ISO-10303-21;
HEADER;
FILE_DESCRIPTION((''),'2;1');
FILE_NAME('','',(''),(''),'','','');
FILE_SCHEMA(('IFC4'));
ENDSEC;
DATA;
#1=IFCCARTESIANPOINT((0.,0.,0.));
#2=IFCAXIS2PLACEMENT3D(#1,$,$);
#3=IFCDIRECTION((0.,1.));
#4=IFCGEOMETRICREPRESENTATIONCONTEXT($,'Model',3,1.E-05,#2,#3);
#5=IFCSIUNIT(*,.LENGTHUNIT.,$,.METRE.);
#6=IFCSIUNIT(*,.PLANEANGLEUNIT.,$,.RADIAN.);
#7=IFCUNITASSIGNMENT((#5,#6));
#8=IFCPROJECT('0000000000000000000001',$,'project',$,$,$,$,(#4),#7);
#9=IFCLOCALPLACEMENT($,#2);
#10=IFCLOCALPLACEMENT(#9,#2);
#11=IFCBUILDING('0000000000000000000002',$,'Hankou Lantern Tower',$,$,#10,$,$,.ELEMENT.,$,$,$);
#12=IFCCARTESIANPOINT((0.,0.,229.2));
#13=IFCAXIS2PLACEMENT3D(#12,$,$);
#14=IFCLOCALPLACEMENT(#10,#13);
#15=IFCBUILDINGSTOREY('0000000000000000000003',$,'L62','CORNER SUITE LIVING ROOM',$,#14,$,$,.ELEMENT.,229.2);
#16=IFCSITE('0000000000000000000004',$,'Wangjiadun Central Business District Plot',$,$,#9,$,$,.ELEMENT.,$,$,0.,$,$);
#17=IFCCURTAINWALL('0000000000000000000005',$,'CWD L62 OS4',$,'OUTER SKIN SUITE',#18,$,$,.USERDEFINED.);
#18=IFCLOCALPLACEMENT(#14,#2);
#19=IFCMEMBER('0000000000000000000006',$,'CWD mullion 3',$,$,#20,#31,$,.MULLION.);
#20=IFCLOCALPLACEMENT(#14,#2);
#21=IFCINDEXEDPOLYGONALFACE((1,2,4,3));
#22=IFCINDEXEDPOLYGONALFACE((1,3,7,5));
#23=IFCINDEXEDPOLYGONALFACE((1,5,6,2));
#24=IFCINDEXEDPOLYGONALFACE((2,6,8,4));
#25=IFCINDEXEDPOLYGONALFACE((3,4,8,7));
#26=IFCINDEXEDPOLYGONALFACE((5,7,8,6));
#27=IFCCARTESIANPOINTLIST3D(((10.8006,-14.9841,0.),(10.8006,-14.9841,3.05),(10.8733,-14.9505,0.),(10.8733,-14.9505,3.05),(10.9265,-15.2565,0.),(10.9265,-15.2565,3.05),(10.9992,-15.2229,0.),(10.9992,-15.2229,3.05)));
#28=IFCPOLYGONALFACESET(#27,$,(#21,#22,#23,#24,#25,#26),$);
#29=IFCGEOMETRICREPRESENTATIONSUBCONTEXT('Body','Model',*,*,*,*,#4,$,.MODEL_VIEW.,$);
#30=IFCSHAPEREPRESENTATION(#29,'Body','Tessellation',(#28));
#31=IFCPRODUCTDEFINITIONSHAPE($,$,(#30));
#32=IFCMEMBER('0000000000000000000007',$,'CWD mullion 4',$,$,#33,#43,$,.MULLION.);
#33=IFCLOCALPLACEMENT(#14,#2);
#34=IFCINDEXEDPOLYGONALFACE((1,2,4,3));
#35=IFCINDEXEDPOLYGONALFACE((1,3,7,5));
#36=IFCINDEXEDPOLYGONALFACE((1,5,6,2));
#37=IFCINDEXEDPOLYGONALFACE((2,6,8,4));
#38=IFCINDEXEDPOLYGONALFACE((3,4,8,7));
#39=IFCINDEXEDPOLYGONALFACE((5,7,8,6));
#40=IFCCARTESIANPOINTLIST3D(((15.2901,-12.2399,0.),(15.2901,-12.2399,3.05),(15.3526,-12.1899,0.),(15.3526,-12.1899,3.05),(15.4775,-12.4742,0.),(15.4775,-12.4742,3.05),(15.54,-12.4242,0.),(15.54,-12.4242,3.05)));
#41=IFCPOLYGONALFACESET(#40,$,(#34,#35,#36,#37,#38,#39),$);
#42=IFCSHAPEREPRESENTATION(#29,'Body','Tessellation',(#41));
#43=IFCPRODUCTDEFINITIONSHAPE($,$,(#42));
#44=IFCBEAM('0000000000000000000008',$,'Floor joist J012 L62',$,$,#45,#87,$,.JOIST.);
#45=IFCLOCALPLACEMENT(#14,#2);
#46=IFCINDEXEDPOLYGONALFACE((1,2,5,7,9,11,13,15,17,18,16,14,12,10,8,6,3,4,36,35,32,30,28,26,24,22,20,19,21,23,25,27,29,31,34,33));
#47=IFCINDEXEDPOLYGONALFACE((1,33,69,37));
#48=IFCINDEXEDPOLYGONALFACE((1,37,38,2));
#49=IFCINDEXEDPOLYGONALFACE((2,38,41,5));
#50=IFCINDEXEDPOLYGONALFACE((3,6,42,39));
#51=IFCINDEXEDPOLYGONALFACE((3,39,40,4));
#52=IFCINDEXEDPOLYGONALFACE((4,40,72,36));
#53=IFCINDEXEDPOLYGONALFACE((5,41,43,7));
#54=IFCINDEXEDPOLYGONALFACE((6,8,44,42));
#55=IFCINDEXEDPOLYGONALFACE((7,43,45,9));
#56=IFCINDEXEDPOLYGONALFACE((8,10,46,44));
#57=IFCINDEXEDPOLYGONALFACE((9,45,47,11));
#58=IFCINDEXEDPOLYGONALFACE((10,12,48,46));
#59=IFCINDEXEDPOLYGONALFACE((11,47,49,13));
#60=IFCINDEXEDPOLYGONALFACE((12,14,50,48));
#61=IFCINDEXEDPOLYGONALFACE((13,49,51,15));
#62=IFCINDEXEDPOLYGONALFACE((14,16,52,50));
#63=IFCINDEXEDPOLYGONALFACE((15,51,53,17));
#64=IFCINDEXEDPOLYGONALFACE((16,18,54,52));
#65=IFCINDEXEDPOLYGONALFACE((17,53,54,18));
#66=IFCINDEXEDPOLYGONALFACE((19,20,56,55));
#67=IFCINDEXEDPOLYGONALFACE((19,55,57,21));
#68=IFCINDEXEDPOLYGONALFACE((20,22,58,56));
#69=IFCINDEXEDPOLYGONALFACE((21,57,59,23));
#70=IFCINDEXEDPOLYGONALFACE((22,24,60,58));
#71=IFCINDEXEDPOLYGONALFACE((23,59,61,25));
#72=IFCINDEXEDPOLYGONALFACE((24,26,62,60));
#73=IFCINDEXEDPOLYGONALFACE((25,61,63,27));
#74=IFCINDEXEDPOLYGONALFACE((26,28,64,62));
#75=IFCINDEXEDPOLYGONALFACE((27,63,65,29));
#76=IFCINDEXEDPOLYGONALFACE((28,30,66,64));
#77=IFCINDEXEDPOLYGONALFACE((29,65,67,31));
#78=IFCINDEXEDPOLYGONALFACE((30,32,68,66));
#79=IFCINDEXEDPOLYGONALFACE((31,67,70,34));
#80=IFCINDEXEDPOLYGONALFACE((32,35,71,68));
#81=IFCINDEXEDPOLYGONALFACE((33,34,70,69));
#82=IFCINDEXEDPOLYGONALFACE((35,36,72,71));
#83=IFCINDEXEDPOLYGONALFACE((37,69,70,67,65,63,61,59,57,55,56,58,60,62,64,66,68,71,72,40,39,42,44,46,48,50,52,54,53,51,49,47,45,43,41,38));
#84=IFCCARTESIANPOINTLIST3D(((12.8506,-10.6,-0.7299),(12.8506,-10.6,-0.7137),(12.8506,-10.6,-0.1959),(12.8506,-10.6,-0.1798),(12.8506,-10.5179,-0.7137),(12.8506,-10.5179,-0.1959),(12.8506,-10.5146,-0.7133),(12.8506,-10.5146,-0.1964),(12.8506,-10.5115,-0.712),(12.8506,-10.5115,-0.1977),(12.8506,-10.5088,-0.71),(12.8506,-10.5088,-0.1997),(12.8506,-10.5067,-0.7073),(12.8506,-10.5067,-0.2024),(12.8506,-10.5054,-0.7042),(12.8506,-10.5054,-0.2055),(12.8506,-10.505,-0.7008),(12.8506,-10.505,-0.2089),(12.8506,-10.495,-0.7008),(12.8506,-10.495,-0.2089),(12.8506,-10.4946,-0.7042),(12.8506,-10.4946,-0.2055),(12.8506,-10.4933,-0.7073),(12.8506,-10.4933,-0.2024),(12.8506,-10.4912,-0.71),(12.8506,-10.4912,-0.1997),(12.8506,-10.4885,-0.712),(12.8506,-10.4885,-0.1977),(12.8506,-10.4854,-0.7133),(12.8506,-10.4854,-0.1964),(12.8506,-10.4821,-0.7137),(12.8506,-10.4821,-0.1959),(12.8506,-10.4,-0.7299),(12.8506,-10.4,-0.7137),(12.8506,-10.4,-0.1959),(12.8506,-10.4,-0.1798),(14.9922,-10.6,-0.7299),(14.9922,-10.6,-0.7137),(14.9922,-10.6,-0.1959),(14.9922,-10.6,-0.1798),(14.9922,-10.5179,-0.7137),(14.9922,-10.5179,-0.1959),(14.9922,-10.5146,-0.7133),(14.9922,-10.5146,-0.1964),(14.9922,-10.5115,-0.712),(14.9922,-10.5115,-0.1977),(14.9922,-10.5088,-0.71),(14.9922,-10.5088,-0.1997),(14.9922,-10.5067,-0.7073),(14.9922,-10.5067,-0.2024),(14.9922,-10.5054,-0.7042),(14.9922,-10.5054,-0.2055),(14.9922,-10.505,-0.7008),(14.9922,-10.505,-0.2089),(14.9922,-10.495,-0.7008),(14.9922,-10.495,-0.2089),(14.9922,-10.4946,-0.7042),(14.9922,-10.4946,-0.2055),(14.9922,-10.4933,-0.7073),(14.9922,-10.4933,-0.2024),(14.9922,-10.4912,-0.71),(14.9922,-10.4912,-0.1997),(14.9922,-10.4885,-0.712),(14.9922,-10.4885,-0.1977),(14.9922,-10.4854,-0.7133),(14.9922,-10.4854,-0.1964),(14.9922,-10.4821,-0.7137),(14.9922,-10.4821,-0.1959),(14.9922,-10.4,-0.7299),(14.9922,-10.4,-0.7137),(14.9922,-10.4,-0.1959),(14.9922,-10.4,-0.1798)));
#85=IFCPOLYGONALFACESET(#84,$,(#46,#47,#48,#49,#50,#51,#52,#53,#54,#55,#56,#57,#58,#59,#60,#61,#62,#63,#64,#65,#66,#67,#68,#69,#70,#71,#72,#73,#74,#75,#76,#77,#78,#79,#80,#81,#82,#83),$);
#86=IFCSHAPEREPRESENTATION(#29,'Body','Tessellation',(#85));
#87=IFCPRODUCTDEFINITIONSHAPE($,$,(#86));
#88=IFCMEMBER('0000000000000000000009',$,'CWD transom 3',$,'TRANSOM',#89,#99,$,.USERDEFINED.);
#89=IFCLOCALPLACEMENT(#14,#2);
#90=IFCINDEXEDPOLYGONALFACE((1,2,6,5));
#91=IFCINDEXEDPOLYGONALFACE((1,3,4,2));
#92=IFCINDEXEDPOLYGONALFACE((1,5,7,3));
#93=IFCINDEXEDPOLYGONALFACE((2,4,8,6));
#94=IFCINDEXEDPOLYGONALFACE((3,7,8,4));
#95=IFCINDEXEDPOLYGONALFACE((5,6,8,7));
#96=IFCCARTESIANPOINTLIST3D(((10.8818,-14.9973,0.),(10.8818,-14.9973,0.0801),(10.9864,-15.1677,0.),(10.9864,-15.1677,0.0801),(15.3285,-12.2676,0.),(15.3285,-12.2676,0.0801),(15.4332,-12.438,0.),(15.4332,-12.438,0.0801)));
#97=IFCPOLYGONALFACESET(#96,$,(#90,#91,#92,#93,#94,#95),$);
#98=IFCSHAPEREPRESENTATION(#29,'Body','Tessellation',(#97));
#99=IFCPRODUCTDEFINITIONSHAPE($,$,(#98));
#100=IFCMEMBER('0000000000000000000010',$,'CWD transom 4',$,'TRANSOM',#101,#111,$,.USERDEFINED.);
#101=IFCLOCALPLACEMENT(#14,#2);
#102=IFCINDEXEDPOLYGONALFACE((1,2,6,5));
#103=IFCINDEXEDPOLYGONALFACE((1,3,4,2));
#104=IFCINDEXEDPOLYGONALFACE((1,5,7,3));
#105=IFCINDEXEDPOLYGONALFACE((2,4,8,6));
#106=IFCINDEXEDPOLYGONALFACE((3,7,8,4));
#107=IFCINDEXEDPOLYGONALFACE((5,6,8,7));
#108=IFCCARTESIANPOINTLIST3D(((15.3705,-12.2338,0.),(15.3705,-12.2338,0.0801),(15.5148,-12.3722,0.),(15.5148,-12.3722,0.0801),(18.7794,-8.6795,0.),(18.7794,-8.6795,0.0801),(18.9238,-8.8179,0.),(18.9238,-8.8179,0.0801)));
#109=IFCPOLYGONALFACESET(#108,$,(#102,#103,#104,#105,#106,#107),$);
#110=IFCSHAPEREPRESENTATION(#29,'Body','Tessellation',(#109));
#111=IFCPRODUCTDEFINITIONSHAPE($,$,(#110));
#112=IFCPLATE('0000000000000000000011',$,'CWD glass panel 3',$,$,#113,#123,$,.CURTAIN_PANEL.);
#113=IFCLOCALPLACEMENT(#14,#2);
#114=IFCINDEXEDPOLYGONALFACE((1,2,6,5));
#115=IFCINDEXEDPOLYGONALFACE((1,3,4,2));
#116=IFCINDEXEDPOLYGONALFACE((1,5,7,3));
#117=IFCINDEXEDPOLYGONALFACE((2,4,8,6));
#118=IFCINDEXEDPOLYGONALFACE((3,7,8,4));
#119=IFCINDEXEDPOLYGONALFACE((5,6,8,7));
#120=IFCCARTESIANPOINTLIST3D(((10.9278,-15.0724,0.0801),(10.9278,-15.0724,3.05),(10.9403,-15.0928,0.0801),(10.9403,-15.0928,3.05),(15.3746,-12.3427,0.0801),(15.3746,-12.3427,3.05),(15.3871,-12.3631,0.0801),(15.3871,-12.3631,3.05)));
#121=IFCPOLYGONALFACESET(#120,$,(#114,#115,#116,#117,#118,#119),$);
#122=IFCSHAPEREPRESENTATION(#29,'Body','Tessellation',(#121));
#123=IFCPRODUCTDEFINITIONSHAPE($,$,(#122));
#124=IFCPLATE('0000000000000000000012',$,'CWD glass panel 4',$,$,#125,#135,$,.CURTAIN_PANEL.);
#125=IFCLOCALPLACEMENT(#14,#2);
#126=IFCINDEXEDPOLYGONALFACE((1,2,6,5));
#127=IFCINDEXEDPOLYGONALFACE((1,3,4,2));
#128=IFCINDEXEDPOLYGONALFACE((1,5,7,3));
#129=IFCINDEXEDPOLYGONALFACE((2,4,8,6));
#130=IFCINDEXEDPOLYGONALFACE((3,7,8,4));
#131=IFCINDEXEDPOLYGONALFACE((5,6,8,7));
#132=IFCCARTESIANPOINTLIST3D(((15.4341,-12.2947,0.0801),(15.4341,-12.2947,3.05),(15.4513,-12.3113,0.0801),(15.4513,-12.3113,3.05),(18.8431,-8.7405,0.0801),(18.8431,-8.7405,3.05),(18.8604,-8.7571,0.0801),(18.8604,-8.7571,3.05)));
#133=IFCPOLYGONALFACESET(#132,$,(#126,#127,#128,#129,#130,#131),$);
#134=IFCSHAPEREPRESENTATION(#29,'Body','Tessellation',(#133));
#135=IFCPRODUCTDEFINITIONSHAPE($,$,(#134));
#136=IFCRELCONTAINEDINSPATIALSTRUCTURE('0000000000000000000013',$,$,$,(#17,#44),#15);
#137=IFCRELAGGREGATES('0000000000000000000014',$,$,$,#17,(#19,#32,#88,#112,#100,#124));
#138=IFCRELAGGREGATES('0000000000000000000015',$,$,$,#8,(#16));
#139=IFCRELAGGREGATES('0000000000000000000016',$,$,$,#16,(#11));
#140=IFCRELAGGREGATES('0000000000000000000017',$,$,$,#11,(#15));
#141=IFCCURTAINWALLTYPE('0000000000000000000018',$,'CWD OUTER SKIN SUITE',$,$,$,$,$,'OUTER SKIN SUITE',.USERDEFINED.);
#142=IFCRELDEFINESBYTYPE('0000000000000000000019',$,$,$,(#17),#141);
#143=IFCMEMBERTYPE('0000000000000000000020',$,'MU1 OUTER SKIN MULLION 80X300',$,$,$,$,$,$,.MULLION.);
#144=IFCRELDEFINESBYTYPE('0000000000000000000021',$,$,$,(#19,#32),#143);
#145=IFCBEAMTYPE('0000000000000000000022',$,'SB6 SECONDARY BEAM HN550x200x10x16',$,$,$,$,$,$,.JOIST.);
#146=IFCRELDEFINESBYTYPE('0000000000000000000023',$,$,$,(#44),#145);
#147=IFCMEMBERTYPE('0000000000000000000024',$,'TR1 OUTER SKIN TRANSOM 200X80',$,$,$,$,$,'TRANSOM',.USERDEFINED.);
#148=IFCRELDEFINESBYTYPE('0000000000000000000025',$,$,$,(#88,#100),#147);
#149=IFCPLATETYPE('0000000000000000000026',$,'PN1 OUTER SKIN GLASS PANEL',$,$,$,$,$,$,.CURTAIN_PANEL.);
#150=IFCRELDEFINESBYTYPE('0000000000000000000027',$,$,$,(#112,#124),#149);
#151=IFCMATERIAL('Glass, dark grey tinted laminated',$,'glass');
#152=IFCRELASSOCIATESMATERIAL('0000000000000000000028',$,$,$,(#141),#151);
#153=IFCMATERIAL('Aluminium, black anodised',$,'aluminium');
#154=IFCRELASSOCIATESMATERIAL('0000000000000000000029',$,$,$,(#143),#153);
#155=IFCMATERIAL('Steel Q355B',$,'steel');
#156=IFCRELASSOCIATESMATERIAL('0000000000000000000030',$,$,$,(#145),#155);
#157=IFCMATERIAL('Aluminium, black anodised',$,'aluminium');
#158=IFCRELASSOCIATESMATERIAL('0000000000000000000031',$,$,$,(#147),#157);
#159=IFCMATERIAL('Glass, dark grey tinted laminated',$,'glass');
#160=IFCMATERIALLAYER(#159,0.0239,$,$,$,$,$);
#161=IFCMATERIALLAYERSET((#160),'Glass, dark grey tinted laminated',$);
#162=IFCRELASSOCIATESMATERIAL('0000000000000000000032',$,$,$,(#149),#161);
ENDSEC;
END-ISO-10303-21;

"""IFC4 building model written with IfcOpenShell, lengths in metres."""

from ifc_helpers import new_model, si_unit, direction, frame, origin, origin_2d, place, context, subcontext, project, spatial, rectangle, i_section, extrude, material, layer, layer_set, material_profile, profile_set, type_object, element, aggregate, save


model = new_model("IFC4")

# Units and contexts
model_context = context("Model", 3, precision=1e-05, world=origin(), true_north=direction((0.0, 1.0)))
body_context = subcontext(model_context, "Body", "Model", "MODEL_VIEW")
ifc_project = project(units=[si_unit("LENGTHUNIT", "METRE"), si_unit("PLANEANGLEUNIT", "RADIAN")], contexts=[model_context])

# Site, building, storey
site_placement = place(None, origin())
site = spatial("IfcSite", under=ifc_project, at=site_placement, Name="Wangjiadun Central Business District Plot", CompositionType="ELEMENT", RefElevation=0.0)
building_placement = place(site_placement, origin())
building = spatial("IfcBuilding", under=site, at=building_placement, Name="Hankou Lantern Tower", CompositionType="ELEMENT")
storey_placement = place(building_placement, frame((0.0, 0.0, 229.2)))
storey = spatial("IfcBuildingStorey", under=building, at=storey_placement, Name="L62", Description="CORNER SUITE LIVING ROOM", CompositionType="ELEMENT", Elevation=229.2)

# Curtain wall, members
ifc_material_1 = material(Name="Glass, dark grey tinted laminated", Category="glass")
curtain_wall_type = type_object("IfcCurtainWallType", Name="CWD OUTER SKIN SUITE", ElementType="OUTER SKIN SUITE", PredefinedType="USERDEFINED", material=ifc_material_1)
curtain_wall_placement = place(storey_placement, origin())
curtain_wall = element("IfcCurtainWall", 1, at=curtain_wall_placement, inside=storey, type_object=curtain_wall_type, Name="CWD L62 OS4", ObjectType="OUTER SKIN SUITE", PredefinedType="USERDEFINED")
ifc_material_2 = material(Name="Aluminium, black anodised", Category="aluminium")
ifc_material_profile_1 = material_profile(ifc_material_2, rectangle(XDim=0.0801, YDim=0.3, at=origin_2d()), Name="MU1 80X300")
ifc_profile_set_1 = profile_set([ifc_material_profile_1], Name="Aluminium, black anodised")
member_type_1 = type_object("IfcMemberType", Name="MU1 OUTER SKIN MULLION 80X300", PredefinedType="MULLION", material=ifc_profile_set_1)
member_1_placement = place(storey_placement, frame((10.8999, -15.1035, 0.0), z_axis=(0.0, 0.0, 1.0), x_axis=(0.907841, 0.419314, 0.0)))
member_1 = element("IfcMember", 2, at=member_1_placement, type_object=member_type_1, Name="CWD mullion 3", PredefinedType="MULLION", context=body_context, shape_type="SweptSolid", body=[
    extrude(rectangle(XDim=0.0801, YDim=0.3, at=origin_2d()), origin(), (0.0, 0.0, 1.0), 3.05),
])
member_2_placement = place(storey_placement, frame((15.415, -12.332, 0.0), z_axis=(0.0, 0.0, 1.0), x_axis=(0.780869, 0.624695, 0.0)))
member_2 = element("IfcMember", 3, at=member_2_placement, type_object=member_type_1, Name="CWD mullion 4", PredefinedType="MULLION", context=body_context, shape_type="SweptSolid", body=[
    extrude(rectangle(XDim=0.0801, YDim=0.3, at=origin_2d()), origin(), (0.0, 0.0, 1.0), 3.05),
])

# Beam
ifc_material_3 = material(Name="Steel Q355B", Category="steel")
ifc_material_profile_2 = material_profile(ifc_material_3, i_section(OverallWidth=0.2, OverallDepth=0.55, WebThickness=0.01, FlangeThickness=0.0161, FilletRadius=0.0129, at=origin_2d()), Name="HN550x200x10x16")
ifc_profile_set_2 = profile_set([ifc_material_profile_2], Name="Steel Q355B")
beam_type_1 = type_object("IfcBeamType", Name="SB6 SECONDARY BEAM HN550x200x10x16", PredefinedType="JOIST", material=ifc_profile_set_2)
beam_1_placement = place(storey_placement, frame((12.8506, -10.5, -0.4548), z_axis=(1.0, 0.0, 0.0), x_axis=(0.0, 1.0, 0.0)))
element("IfcBeam", 4, at=beam_1_placement, inside=storey, type_object=beam_type_1, Name="Floor joist J012 L62", PredefinedType="JOIST", context=body_context, shape_type="SweptSolid", body=[
    extrude(i_section(OverallWidth=0.2, OverallDepth=0.55, WebThickness=0.01, FlangeThickness=0.0161, FilletRadius=0.0129, at=origin_2d()), origin(), (0.0, 0.0, 1.0), 2.1416),
])

# Members
ifc_material_4 = material(Name="Aluminium, black anodised", Category="aluminium")
ifc_material_profile_3 = material_profile(ifc_material_4, rectangle(XDim=0.2, YDim=0.0801, at=origin_2d()), Name="TR1 200X80")
ifc_profile_set_3 = profile_set([ifc_material_profile_3], Name="Aluminium, black anodised")
member_type_2 = type_object("IfcMemberType", Name="TR1 OUTER SKIN TRANSOM 200X80", ElementType="TRANSOM", PredefinedType="USERDEFINED", material=ifc_profile_set_3)
member_3_placement = place(storey_placement, frame((10.9341, -15.0825, 0.04), z_axis=(0.852235, 0.52316, 0.0), x_axis=(-0.52316, 0.852235, 0.0)))
member_3 = element("IfcMember", 5, at=member_3_placement, type_object=member_type_2, Name="CWD transom 3", ObjectType="TRANSOM", PredefinedType="USERDEFINED", context=body_context, shape_type="SweptSolid", body=[
    extrude(rectangle(XDim=0.2, YDim=0.0801, at=origin_2d()), origin(), (0.0, 0.0, 1.0), 5.2178),
])
member_4_placement = place(storey_placement, frame((15.4426, -12.303, 0.04), z_axis=(0.692205, 0.721701, 0.0), x_axis=(-0.721701, 0.692205, 0.0)))
member_4 = element("IfcMember", 6, at=member_4_placement, type_object=member_type_2, Name="CWD transom 4", ObjectType="TRANSOM", PredefinedType="USERDEFINED", context=body_context, shape_type="SweptSolid", body=[
    extrude(rectangle(XDim=0.2, YDim=0.0801, at=origin_2d()), origin(), (0.0, 0.0, 1.0), 4.9248),
])

# Plates
ifc_material_5 = material(Name="Glass, dark grey tinted laminated", Category="glass")
ifc_layer_1 = layer(ifc_material_5, 0.0239)
ifc_layer_set_1 = layer_set([ifc_layer_1], Name="Glass, dark grey tinted laminated")
plate_type = type_object("IfcPlateType", Name="PN1 OUTER SKIN GLASS PANEL", PredefinedType="CURTAIN_PANEL", material=ifc_layer_set_1)
plate_1_placement = place(storey_placement, frame((13.1575, -13.7178, 0.0801), z_axis=(0.0, 0.0, 1.0), x_axis=(0.852237, 0.523156, 0.0)))
plate_1 = element("IfcPlate", 7, at=plate_1_placement, type_object=plate_type, Name="CWD glass panel 3", PredefinedType="CURTAIN_PANEL", context=body_context, shape_type="SweptSolid", body=[
    extrude(rectangle(XDim=5.2178, YDim=0.0239, at=origin_2d()), origin(), (0.0, 0.0, 1.0), 2.97),
])
plate_2_placement = place(storey_placement, frame((17.1472, -10.5259, 0.0801), z_axis=(0.0, 0.0, 1.0), x_axis=(0.692216, 0.721691, 0.0)))
plate_2 = element("IfcPlate", 8, at=plate_2_placement, type_object=plate_type, Name="CWD glass panel 4", PredefinedType="CURTAIN_PANEL", context=body_context, shape_type="SweptSolid", body=[
    extrude(rectangle(XDim=4.9248, YDim=0.0239, at=origin_2d()), origin(), (0.0, 0.0, 1.0), 2.97),
])
aggregate(curtain_wall, [member_1, member_2, member_3, plate_1, member_4, plate_2])

save(model, "model.ifc")
